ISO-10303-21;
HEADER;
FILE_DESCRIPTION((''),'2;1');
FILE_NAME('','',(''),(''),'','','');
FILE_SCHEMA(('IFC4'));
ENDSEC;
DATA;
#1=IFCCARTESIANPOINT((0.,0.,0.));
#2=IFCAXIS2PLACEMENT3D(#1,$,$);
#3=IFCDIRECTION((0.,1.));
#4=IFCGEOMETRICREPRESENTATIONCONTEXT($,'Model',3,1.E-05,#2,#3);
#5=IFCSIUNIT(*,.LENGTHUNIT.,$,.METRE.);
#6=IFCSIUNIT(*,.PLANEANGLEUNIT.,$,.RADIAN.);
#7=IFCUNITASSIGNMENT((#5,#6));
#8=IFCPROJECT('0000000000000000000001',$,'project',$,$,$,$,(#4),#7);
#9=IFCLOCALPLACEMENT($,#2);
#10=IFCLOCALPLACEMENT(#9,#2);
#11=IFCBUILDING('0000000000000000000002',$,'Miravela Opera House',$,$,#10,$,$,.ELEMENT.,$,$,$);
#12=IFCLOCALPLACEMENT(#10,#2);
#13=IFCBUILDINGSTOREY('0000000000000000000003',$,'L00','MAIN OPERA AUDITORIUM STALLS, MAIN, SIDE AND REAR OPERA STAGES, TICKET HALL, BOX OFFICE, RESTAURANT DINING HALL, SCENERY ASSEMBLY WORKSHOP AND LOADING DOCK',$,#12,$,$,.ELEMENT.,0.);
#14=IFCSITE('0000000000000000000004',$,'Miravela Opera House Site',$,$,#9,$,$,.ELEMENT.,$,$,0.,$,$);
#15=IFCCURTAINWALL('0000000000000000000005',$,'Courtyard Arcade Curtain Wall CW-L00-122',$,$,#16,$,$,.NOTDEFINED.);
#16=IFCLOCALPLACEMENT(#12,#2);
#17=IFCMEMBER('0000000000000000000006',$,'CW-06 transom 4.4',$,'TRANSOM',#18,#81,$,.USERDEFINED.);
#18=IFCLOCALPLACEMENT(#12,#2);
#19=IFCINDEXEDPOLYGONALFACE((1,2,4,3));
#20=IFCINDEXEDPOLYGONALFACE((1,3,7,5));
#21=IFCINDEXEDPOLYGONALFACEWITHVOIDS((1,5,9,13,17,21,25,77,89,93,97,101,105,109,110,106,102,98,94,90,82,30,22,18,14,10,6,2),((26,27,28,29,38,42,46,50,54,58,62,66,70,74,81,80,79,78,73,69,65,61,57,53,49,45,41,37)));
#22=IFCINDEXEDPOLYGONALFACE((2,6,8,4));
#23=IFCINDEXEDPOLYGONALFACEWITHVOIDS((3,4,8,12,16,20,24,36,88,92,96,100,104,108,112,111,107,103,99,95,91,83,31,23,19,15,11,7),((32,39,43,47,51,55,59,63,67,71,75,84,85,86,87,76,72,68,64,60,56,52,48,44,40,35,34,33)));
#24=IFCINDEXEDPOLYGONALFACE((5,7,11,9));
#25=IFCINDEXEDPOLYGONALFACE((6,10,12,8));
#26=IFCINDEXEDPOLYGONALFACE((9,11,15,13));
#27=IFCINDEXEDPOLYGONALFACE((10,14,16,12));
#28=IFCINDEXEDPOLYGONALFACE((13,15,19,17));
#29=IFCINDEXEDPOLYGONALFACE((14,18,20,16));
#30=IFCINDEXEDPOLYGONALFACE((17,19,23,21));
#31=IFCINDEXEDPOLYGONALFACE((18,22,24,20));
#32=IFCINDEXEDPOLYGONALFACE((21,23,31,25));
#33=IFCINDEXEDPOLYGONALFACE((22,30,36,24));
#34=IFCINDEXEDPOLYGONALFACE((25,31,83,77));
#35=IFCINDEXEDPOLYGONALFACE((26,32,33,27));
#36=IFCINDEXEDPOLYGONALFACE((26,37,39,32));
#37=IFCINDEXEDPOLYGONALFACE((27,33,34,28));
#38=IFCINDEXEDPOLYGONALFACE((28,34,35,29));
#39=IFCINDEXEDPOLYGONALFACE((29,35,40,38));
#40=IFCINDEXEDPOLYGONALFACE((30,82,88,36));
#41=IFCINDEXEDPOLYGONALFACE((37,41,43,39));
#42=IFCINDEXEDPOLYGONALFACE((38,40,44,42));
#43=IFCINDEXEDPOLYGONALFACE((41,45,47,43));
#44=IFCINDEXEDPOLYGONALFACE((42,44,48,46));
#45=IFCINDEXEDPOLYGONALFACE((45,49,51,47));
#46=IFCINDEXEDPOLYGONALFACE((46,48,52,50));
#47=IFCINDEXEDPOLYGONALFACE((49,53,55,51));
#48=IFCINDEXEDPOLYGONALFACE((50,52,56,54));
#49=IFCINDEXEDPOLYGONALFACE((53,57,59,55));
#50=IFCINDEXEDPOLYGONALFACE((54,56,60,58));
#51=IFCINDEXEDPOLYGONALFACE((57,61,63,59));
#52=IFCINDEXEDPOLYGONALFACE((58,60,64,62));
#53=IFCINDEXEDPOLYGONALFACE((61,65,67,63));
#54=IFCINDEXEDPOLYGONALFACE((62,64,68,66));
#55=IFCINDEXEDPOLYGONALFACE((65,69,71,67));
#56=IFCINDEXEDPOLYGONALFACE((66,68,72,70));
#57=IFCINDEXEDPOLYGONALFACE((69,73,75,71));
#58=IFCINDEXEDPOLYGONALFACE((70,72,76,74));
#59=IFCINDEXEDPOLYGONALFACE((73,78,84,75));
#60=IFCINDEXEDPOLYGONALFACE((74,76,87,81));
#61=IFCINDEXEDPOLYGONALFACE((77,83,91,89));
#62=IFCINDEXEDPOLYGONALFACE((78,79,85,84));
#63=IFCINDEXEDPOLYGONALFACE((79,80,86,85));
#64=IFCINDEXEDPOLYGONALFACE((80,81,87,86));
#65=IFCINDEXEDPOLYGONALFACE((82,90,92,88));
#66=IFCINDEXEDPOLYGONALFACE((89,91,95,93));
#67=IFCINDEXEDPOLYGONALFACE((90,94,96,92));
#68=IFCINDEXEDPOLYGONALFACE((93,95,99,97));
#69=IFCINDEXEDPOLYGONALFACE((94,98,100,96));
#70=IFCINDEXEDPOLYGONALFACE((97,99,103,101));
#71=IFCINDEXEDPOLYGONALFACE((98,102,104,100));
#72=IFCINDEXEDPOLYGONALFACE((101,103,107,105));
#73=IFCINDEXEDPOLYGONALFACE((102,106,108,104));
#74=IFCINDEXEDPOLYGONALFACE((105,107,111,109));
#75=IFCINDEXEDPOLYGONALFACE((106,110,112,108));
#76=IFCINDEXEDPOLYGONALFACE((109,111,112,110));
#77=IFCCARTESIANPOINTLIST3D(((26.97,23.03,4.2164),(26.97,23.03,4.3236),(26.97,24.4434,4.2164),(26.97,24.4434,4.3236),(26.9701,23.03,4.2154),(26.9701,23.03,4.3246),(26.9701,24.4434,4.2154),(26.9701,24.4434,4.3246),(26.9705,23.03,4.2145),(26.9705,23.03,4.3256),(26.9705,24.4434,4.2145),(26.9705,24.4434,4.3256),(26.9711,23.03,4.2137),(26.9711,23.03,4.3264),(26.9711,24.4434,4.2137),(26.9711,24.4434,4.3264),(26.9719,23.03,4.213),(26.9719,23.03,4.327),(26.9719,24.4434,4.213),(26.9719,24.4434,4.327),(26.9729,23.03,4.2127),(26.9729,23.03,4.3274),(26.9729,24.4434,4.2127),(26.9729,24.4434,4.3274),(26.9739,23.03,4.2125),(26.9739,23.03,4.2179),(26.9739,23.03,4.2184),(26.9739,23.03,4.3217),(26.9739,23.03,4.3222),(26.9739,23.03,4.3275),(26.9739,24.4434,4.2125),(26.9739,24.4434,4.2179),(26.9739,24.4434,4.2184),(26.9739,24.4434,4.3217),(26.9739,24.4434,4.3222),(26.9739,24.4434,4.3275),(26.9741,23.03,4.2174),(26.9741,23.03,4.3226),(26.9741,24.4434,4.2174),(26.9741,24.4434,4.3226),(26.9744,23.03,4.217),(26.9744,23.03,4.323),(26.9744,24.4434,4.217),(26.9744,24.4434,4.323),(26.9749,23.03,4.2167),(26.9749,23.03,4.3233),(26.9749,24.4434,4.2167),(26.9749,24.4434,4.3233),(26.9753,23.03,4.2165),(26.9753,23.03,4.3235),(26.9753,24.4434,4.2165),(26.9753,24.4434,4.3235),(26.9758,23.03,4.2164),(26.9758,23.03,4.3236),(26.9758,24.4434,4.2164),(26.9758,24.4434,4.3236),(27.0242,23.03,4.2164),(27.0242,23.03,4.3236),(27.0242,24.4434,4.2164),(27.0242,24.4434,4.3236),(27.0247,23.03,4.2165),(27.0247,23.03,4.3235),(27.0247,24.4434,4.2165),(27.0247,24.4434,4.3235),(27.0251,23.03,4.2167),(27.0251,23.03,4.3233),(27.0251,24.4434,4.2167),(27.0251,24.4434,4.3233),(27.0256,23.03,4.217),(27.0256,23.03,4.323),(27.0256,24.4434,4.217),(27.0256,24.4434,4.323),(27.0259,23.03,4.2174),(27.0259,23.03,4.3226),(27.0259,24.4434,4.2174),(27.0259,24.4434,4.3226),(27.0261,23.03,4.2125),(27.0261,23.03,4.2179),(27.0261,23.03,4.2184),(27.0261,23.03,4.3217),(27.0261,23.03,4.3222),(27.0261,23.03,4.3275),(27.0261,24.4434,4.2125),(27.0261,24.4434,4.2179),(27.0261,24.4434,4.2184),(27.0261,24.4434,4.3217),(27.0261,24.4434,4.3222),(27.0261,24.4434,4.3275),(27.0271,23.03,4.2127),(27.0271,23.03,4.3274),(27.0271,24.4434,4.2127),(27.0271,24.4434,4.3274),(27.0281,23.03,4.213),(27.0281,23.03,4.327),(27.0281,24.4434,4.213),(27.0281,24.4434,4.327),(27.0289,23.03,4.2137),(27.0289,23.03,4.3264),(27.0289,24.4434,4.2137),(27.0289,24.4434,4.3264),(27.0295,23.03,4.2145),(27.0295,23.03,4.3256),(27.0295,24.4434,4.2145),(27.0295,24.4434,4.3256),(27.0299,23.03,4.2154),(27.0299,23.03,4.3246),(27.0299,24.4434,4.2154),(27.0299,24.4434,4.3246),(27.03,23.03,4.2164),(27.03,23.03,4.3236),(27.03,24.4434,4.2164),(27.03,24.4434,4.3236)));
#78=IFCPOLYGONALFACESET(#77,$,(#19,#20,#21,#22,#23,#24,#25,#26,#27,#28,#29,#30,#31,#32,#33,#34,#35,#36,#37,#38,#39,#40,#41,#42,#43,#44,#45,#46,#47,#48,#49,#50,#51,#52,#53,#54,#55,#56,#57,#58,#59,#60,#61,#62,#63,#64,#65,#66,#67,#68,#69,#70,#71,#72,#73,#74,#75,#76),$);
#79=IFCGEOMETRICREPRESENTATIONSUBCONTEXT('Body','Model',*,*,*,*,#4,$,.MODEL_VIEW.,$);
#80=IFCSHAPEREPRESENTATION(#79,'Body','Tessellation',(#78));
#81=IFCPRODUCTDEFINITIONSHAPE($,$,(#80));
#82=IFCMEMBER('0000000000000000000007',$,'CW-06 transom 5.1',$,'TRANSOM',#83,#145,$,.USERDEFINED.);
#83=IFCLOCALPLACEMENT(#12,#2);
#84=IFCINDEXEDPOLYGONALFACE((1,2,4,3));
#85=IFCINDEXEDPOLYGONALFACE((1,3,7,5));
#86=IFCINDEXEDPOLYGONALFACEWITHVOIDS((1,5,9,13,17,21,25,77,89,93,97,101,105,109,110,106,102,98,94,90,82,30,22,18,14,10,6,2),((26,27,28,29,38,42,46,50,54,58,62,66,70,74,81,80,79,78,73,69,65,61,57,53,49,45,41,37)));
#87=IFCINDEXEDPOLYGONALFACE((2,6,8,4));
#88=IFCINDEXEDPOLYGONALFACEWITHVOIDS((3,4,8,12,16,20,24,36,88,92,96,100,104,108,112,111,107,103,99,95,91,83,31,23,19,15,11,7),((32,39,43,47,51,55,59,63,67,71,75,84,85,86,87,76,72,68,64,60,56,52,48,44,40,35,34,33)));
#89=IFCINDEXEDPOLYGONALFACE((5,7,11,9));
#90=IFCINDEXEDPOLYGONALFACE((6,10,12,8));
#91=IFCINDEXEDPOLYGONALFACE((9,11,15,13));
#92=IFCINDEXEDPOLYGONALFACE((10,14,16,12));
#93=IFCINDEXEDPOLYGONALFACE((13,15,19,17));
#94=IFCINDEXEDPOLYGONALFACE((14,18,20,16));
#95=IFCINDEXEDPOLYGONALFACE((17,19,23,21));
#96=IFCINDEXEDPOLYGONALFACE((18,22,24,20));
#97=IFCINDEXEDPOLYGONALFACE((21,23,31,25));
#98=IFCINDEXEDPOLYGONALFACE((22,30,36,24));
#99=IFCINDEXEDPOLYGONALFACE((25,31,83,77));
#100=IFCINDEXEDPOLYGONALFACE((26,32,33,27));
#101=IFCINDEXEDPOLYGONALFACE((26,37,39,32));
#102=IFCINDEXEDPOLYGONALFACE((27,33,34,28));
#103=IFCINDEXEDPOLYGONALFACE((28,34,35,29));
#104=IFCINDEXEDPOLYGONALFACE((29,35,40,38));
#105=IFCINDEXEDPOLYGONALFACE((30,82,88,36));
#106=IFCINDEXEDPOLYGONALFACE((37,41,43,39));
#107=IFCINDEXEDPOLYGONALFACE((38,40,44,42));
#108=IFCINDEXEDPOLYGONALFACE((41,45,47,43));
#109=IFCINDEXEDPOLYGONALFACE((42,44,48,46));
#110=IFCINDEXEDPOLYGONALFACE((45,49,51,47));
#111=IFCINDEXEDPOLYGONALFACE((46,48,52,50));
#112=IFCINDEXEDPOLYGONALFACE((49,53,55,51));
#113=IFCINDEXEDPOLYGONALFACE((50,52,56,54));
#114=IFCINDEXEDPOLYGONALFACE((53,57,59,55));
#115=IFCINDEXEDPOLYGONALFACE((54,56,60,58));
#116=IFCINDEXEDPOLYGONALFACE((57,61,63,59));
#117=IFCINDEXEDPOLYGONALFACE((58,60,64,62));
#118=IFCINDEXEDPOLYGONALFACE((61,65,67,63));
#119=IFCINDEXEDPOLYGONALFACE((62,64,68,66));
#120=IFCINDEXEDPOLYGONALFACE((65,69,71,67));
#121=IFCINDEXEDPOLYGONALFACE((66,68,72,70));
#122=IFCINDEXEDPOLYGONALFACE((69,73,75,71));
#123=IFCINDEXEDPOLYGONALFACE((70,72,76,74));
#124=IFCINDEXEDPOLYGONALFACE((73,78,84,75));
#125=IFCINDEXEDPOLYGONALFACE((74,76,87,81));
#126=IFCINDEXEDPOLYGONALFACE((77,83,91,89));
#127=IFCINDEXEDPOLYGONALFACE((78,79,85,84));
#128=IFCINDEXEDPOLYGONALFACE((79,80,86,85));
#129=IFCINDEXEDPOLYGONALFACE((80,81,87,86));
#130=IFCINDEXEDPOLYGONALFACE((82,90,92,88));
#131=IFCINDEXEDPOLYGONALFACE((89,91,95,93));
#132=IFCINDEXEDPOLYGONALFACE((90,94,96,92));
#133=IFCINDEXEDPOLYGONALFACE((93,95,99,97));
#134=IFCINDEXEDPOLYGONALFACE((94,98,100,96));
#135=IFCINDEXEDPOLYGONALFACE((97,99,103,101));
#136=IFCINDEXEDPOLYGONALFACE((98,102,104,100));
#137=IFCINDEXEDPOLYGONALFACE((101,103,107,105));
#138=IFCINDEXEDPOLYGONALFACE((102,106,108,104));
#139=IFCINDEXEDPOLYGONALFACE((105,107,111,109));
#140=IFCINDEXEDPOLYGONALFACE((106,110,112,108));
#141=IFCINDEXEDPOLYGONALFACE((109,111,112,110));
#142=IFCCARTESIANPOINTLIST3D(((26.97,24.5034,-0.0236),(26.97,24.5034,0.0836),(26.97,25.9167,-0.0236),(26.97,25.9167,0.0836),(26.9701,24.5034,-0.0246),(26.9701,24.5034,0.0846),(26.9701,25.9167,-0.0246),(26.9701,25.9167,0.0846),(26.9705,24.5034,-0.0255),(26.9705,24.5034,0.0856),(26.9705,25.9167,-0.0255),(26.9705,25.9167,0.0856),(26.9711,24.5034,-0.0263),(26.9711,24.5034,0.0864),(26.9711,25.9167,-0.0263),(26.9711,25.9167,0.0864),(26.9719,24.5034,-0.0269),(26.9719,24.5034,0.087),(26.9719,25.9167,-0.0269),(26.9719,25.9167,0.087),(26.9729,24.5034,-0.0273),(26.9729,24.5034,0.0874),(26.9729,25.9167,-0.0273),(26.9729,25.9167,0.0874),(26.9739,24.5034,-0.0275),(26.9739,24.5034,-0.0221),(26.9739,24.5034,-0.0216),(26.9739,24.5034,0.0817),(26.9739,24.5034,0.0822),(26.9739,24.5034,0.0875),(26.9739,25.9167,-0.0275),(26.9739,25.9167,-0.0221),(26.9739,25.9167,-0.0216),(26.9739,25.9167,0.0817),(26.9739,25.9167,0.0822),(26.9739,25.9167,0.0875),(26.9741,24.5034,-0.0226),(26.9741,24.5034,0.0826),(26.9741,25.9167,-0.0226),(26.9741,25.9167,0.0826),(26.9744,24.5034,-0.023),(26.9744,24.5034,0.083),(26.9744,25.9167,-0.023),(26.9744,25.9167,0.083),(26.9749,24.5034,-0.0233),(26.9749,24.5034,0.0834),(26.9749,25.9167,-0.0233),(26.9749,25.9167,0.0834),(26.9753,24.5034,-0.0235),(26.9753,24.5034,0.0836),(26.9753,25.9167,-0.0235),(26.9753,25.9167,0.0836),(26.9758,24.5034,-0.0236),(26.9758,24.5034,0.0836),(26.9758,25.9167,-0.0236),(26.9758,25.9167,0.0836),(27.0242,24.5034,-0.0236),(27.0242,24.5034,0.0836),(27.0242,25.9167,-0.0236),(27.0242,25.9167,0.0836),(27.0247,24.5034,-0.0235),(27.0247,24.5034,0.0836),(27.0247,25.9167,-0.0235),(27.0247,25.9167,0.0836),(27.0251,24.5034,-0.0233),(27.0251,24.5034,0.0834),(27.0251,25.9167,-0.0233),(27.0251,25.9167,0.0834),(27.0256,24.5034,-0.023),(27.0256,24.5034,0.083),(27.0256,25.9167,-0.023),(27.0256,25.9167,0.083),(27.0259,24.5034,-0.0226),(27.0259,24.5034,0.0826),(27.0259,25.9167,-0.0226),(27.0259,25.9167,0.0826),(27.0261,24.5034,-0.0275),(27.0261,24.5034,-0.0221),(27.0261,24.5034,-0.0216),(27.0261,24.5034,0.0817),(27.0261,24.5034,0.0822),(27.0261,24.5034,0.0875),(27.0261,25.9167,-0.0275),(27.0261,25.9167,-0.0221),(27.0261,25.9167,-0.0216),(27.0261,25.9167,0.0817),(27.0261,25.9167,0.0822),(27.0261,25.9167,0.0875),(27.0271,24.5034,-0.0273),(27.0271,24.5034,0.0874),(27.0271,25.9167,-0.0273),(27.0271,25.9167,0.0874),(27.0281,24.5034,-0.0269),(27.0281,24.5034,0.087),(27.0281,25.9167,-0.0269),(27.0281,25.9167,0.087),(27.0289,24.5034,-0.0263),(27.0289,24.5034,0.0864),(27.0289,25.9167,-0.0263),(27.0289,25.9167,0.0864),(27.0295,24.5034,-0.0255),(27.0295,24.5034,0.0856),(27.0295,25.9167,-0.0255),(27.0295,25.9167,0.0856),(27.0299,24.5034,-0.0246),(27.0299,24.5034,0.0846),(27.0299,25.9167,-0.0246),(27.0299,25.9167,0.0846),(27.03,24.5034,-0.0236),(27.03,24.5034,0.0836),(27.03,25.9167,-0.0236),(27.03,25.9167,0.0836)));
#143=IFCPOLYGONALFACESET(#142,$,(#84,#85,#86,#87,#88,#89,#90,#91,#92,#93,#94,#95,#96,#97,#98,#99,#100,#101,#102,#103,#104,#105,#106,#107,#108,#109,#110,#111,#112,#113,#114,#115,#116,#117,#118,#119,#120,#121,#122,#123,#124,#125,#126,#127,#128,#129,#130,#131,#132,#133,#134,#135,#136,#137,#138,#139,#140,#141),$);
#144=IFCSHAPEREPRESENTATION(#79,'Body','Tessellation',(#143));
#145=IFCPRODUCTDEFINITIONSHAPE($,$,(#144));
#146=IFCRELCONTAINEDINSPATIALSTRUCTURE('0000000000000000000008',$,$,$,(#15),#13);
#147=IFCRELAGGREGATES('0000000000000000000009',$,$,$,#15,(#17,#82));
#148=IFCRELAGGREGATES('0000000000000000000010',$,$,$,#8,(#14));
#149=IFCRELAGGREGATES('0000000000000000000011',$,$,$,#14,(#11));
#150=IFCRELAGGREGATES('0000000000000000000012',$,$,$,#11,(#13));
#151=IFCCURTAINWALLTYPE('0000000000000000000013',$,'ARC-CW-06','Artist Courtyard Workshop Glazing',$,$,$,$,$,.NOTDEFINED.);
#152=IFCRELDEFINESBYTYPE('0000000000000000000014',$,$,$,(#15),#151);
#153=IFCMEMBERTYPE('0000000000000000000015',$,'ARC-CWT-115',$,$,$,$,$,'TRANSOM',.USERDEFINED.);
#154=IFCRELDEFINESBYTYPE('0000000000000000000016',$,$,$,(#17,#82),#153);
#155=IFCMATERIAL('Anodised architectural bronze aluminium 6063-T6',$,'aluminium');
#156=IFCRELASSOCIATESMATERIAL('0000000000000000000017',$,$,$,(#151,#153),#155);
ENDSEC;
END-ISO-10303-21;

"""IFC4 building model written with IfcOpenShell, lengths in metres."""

from ifc_helpers import new_model, si_unit, direction, frame, origin, origin_2d, place, context, subcontext, project, spatial, hollow_rectangle, extrude, material, material_profile, profile_set, type_object, element, aggregate, save


model = new_model("IFC4")

# Units and contexts
model_context = context("Model", 3, precision=1e-05, world=origin(), true_north=direction((0.0, 1.0)))
body_context = subcontext(model_context, "Body", "Model", "MODEL_VIEW")
ifc_project = project(units=[si_unit("LENGTHUNIT", "METRE"), si_unit("PLANEANGLEUNIT", "RADIAN")], contexts=[model_context])

# Site, building, storey
site_placement = place(None, origin())
site = spatial("IfcSite", under=ifc_project, at=site_placement, Name="Miravela Opera House Site", CompositionType="ELEMENT", RefElevation=0.0)
building_placement = place(site_placement, origin())
building = spatial("IfcBuilding", under=site, at=building_placement, Name="Miravela Opera House", CompositionType="ELEMENT")
storey_placement = place(building_placement, origin())
storey = spatial("IfcBuildingStorey", under=building, at=storey_placement, Name="L00", Description="MAIN OPERA AUDITORIUM STALLS, MAIN, SIDE AND REAR OPERA STAGES, TICKET HALL, BOX OFFICE, RESTAURANT DINING HALL, SCENERY ASSEMBLY WORKSHOP AND LOADING DOCK", CompositionType="ELEMENT", Elevation=0.0)

# Curtain wall, members
ifc_material_1 = material(Name="Anodised architectural bronze aluminium 6063-T6", Category="aluminium")
curtain_wall_type = type_object("IfcCurtainWallType", Name="ARC-CW-06", Description="Artist Courtyard Workshop Glazing", PredefinedType="NOTDEFINED", material=ifc_material_1)
curtain_wall_placement = place(storey_placement, origin())
curtain_wall = element("IfcCurtainWall", 1, at=curtain_wall_placement, inside=storey, type_object=curtain_wall_type, Name="Courtyard Arcade Curtain Wall CW-L00-122", PredefinedType="NOTDEFINED")
ifc_material_profile_1 = material_profile(ifc_material_1, hollow_rectangle(XDim=0.0601, YDim=0.115, WallThickness=0.0039, InnerFilletRadius=0.002, OuterFilletRadius=0.0039, at=origin_2d()), Name="CWT-60X115")
ifc_profile_set_1 = profile_set([ifc_material_profile_1])
member_type_1 = type_object("IfcMemberType", Name="ARC-CWT-115", ElementType="TRANSOM", PredefinedType="USERDEFINED", material=ifc_profile_set_1)
member_1_placement = place(storey_placement, frame((27.0, 23.03, 4.27), z_axis=(0.0, 1.0, 0.0), x_axis=(-1.0, 0.0, 0.0)))
member_1 = element("IfcMember", 2, at=member_1_placement, type_object=member_type_1, Name="CW-06 transom 4.4", ObjectType="TRANSOM", PredefinedType="USERDEFINED", context=body_context, shape_type="SweptSolid", body=[
    extrude(hollow_rectangle(XDim=0.0601, YDim=0.115, WallThickness=0.0039, InnerFilletRadius=0.002, OuterFilletRadius=0.0039, at=origin_2d()), origin(), (0.0, 0.0, 1.0), 1.4133),
])
member_2_placement = place(storey_placement, frame((27.0, 24.5034, 0.03), z_axis=(0.0, 1.0, 0.0), x_axis=(-1.0, 0.0, 0.0)))
member_2 = element("IfcMember", 3, at=member_2_placement, type_object=member_type_1, Name="CW-06 transom 5.1", ObjectType="TRANSOM", PredefinedType="USERDEFINED", context=body_context, shape_type="SweptSolid", body=[
    extrude(hollow_rectangle(XDim=0.0601, YDim=0.115, WallThickness=0.0039, InnerFilletRadius=0.002, OuterFilletRadius=0.0039, at=origin_2d()), origin(), (0.0, 0.0, 1.0), 1.4133),
])
aggregate(curtain_wall, [member_1, member_2])

save(model, "model.ifc")
